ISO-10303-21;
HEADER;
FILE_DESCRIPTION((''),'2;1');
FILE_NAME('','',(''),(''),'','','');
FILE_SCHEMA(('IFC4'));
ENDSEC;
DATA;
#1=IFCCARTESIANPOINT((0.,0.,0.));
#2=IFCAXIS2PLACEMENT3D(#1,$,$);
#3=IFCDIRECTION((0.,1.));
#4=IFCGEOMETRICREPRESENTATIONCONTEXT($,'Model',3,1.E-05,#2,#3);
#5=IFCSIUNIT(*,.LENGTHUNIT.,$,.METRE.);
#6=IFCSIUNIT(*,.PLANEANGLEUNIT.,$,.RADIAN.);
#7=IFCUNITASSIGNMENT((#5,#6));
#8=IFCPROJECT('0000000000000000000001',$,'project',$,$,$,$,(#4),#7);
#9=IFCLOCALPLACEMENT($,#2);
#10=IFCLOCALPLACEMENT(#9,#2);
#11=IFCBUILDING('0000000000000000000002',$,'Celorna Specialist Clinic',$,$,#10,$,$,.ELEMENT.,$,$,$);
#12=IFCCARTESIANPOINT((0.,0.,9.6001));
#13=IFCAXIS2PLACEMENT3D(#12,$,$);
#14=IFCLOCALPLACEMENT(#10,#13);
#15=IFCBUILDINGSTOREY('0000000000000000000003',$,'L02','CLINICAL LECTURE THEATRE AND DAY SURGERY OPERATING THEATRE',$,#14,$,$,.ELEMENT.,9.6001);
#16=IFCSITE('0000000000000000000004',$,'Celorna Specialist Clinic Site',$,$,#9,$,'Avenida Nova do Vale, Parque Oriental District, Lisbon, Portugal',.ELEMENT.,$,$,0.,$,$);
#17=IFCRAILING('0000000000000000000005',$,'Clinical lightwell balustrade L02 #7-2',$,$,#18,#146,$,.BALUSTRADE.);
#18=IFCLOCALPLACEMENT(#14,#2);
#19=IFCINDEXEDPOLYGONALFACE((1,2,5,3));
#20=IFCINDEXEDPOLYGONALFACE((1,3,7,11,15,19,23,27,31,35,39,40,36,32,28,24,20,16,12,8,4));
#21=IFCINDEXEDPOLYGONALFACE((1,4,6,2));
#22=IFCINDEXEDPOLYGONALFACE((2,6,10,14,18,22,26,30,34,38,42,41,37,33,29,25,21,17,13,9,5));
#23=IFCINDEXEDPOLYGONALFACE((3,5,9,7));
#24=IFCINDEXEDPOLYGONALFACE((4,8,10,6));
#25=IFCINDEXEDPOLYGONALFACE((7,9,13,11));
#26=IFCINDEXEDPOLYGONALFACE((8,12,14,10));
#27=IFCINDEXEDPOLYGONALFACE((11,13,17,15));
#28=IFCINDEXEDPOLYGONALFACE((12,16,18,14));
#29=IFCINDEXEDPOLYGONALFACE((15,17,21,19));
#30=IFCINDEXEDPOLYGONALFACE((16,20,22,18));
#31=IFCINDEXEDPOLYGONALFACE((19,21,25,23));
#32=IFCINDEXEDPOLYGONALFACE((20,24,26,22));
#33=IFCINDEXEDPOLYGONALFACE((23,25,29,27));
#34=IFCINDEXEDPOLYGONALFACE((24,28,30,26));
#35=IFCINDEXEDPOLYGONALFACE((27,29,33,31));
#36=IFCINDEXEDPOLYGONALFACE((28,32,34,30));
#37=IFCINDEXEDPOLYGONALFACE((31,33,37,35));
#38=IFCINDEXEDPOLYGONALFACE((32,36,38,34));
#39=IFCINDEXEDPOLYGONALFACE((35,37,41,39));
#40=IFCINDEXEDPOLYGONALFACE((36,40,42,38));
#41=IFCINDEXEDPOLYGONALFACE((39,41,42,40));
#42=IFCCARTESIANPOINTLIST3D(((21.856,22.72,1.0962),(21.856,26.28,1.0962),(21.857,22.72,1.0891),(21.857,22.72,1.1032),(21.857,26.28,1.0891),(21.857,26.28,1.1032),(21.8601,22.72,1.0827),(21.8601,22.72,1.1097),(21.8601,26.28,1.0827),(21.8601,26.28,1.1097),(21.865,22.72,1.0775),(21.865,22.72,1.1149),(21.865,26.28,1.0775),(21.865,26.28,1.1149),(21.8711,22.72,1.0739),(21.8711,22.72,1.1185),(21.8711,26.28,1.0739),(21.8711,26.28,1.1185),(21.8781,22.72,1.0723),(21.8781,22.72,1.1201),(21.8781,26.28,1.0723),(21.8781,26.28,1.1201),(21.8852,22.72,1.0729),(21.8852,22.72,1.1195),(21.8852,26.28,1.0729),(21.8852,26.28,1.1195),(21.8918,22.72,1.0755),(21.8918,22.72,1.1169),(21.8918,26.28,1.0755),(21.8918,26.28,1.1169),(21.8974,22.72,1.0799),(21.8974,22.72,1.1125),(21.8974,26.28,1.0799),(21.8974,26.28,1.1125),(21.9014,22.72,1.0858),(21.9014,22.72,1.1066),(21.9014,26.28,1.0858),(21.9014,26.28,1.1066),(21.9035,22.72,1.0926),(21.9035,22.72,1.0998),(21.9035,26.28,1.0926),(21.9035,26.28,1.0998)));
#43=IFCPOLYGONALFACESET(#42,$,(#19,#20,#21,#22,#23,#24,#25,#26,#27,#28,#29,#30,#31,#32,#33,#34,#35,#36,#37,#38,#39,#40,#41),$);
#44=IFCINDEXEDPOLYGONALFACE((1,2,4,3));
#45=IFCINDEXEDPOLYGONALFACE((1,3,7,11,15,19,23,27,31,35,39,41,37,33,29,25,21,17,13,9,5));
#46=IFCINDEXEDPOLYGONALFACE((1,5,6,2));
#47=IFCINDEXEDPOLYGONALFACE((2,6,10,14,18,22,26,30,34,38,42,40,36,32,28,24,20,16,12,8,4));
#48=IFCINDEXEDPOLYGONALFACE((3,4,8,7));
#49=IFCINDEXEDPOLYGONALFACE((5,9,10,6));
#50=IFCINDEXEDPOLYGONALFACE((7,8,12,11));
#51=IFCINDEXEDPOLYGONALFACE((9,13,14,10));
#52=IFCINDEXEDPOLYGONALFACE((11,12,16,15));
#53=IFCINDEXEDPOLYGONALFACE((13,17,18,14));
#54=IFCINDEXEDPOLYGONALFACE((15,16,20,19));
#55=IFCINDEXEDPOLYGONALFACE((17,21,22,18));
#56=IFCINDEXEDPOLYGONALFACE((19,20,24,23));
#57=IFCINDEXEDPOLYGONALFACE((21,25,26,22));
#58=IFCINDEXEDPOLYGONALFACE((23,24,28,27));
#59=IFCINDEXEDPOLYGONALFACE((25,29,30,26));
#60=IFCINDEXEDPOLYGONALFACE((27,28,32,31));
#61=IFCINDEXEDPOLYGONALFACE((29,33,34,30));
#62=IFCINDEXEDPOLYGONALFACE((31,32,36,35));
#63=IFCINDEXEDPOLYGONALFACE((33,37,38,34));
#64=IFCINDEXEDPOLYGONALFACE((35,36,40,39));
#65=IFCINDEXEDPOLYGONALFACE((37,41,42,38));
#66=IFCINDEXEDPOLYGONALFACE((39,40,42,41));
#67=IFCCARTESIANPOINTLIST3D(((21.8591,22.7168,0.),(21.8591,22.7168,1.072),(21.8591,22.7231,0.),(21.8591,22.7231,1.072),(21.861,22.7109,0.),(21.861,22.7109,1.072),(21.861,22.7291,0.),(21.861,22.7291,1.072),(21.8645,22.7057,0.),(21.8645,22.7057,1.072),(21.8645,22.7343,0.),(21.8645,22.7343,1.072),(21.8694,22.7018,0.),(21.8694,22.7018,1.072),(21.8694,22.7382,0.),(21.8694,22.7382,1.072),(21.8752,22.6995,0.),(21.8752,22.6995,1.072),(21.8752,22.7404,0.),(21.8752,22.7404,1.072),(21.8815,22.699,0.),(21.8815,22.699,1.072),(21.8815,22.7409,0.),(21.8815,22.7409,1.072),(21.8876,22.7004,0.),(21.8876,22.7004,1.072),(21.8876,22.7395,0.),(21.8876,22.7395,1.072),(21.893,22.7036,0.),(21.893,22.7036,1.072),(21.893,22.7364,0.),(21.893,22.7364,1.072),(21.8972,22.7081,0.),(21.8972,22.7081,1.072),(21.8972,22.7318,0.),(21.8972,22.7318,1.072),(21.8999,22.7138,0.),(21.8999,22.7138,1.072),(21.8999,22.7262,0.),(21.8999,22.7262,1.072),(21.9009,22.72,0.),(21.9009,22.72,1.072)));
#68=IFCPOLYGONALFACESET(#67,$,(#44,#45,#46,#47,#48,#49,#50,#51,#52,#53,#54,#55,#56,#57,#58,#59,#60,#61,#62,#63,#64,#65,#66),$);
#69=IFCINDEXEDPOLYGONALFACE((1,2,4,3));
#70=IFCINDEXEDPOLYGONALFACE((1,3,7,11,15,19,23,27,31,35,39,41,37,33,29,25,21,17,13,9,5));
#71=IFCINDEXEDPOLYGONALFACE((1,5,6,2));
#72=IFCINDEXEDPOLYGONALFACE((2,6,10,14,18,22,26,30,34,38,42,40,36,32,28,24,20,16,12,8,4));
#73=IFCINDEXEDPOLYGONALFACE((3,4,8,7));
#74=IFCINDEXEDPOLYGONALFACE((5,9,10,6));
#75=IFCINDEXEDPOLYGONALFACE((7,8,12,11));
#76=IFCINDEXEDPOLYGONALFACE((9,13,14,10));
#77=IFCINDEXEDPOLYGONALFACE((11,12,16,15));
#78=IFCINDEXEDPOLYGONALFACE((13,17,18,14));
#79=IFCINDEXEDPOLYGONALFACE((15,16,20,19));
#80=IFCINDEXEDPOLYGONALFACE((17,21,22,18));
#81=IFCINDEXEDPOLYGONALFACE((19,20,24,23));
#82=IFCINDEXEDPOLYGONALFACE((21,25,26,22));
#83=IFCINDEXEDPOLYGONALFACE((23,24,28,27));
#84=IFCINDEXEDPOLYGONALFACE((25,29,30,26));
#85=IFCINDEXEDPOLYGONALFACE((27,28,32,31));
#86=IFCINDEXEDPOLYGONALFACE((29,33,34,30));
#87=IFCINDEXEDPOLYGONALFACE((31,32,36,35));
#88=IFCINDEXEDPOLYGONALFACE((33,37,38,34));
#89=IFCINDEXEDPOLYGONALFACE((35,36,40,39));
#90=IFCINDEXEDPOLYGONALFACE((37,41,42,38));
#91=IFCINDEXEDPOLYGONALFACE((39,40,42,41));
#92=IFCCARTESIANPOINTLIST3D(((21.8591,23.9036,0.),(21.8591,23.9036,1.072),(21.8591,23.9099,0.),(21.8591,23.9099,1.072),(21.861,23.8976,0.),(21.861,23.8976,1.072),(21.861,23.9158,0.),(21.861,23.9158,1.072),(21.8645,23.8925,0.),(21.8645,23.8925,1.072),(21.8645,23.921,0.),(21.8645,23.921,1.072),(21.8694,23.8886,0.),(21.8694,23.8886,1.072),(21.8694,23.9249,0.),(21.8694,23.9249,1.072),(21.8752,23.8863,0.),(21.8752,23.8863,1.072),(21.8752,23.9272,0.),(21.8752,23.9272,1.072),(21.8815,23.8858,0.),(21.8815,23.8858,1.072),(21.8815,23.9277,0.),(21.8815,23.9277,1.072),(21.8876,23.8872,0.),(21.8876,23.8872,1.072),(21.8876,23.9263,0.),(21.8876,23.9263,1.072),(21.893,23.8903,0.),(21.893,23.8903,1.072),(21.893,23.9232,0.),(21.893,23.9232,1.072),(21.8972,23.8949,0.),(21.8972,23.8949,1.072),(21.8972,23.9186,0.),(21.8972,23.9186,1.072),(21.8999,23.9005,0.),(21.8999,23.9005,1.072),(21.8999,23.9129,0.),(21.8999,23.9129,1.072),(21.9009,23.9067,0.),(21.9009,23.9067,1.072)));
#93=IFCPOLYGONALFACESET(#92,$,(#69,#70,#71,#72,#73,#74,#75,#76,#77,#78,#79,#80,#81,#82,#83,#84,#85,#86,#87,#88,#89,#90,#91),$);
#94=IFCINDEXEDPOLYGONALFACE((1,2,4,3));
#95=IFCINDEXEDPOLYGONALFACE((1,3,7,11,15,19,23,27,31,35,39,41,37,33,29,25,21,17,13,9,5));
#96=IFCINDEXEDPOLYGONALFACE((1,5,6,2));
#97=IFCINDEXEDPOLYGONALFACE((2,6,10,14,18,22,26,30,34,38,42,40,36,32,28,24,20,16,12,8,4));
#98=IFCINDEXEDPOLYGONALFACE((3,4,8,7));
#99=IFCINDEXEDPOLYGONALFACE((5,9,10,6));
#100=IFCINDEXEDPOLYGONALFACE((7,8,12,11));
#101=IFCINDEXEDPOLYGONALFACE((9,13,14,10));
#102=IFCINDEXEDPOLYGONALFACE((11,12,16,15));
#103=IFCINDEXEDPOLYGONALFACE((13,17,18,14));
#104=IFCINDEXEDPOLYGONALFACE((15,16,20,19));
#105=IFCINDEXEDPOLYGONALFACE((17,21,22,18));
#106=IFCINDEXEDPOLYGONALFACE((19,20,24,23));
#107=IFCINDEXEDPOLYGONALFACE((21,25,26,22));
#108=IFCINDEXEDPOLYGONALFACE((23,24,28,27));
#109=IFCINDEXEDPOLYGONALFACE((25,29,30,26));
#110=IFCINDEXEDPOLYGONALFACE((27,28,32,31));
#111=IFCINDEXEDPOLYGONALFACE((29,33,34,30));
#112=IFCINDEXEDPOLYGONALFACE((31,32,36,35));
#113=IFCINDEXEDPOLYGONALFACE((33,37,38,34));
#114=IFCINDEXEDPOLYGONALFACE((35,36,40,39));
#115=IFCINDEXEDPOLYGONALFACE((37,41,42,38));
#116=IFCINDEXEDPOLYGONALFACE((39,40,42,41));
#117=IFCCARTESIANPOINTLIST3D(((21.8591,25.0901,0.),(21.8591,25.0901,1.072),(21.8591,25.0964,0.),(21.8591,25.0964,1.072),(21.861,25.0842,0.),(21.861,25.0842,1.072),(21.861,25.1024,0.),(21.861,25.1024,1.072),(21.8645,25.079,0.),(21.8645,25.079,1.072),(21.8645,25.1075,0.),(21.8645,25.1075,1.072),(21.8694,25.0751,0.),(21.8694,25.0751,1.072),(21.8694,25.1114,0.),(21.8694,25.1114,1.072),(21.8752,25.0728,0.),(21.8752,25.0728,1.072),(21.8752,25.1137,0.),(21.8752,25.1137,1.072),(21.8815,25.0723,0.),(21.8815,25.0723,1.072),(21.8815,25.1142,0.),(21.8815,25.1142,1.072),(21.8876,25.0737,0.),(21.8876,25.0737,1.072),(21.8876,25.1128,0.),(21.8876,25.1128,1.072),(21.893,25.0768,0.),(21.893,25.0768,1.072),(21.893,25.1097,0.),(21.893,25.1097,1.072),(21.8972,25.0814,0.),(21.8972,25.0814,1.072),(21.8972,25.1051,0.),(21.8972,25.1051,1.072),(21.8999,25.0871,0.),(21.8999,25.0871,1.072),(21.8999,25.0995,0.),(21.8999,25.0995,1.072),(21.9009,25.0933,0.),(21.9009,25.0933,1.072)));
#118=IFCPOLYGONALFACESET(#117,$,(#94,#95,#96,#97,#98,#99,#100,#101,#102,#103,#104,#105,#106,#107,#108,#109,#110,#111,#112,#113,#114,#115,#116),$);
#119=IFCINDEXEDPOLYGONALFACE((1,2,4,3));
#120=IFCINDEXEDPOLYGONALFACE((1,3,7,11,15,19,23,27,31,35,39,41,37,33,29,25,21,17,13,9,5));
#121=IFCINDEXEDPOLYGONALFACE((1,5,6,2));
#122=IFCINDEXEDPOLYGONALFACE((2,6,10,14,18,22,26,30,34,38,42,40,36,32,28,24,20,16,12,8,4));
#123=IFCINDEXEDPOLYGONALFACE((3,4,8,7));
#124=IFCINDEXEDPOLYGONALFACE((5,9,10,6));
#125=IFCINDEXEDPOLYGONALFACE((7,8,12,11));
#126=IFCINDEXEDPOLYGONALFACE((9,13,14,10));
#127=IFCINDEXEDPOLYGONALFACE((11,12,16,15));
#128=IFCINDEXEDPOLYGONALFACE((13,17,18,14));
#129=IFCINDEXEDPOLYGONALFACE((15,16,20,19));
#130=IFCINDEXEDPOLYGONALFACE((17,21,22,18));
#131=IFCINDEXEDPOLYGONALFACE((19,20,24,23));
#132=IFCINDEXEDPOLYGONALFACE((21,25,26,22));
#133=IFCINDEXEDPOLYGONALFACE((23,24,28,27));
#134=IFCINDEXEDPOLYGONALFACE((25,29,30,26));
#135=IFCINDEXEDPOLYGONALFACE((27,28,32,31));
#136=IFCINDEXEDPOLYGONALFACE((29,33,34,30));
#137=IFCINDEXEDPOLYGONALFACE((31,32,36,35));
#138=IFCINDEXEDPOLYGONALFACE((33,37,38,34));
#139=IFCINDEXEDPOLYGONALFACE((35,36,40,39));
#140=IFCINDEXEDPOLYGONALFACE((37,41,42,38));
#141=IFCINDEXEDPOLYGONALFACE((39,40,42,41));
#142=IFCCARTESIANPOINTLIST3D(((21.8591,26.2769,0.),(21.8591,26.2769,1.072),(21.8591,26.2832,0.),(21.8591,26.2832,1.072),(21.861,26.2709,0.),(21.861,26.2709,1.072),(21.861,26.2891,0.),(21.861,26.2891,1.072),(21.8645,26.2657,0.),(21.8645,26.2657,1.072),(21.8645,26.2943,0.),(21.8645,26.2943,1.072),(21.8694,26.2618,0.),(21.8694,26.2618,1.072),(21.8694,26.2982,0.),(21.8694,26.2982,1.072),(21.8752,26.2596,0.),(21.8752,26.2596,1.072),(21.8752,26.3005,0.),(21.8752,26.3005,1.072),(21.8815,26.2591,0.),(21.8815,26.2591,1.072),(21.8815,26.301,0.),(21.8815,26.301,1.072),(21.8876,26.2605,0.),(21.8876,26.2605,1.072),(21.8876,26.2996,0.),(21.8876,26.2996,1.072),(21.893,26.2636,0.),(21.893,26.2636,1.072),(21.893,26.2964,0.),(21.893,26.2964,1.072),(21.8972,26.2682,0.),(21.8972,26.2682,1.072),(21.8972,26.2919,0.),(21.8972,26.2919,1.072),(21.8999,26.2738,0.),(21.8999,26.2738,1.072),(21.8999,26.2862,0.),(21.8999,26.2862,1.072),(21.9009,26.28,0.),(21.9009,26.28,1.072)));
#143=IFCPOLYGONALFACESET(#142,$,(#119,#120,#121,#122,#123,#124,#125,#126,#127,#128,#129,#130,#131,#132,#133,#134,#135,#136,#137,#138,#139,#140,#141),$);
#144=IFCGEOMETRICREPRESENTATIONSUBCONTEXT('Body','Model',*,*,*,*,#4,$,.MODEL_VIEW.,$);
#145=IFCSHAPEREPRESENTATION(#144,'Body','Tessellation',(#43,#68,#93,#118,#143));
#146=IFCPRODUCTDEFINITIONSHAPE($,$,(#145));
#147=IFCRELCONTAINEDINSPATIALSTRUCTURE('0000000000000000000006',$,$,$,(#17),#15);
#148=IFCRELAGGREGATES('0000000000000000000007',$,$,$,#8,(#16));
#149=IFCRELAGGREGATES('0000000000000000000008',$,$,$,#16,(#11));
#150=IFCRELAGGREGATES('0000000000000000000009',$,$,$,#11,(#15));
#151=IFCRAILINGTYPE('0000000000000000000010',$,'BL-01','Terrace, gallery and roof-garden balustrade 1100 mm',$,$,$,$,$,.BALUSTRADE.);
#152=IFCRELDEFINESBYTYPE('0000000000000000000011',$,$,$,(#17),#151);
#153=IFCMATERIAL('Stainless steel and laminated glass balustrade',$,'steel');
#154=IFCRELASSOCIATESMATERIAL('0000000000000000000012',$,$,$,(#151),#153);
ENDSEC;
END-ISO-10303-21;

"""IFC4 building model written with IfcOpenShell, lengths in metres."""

from ifc_helpers import new_model, si_unit, direction, frame, origin, origin_2d, place, context, subcontext, project, spatial, circle, extrude, material, type_object, element, save


model = new_model("IFC4")

# Units and contexts
model_context = context("Model", 3, precision=1e-05, world=origin(), true_north=direction((0.0, 1.0)))
body_context = subcontext(model_context, "Body", "Model", "MODEL_VIEW")
ifc_project = project(units=[si_unit("LENGTHUNIT", "METRE"), si_unit("PLANEANGLEUNIT", "RADIAN")], contexts=[model_context])

# Site, building, storey
site_placement = place(None, origin())
site = spatial("IfcSite", under=ifc_project, at=site_placement, Name="Celorna Specialist Clinic Site", LongName="Avenida Nova do Vale, Parque Oriental District, Lisbon, Portugal", CompositionType="ELEMENT", RefElevation=0.0)
building_placement = place(site_placement, origin())
building = spatial("IfcBuilding", under=site, at=building_placement, Name="Celorna Specialist Clinic", CompositionType="ELEMENT")
storey_placement = place(building_placement, frame((0.0, 0.0, 9.6001)))
storey = spatial("IfcBuildingStorey", under=building, at=storey_placement, Name="L02", Description="CLINICAL LECTURE THEATRE AND DAY SURGERY OPERATING THEATRE", CompositionType="ELEMENT", Elevation=9.6001)

# Railing
ifc_material_1 = material(Name="Stainless steel and laminated glass balustrade", Category="steel")
railing_type = type_object("IfcRailingType", Name="BL-01", Description="Terrace, gallery and roof-garden balustrade 1100 mm", PredefinedType="BALUSTRADE", material=ifc_material_1)
railing_1_placement = place(storey_placement, frame((21.8799, 22.72, 0.0)))
element("IfcRailing", 1, at=railing_1_placement, inside=storey, type_object=railing_type, Name="Clinical lightwell balustrade L02 #7-2", PredefinedType="BALUSTRADE", context=body_context, shape_type="SweptSolid", body=[
    extrude(circle(Radius=0.0239, at=origin_2d()), frame((0.0, 0.0, 1.0962), z_axis=(0.0, 1.0, 0.0), x_axis=(-1.0, 0.0, 0.0)), (0.0, 0.0, 1.0), 3.5601),
    extrude(circle(Radius=0.021, at=origin_2d()), origin(), (0.0, 0.0, 1.0), 1.072),
    extrude(circle(Radius=0.021, at=origin_2d()), frame((0.0, 1.1868, 0.0)), (0.0, 0.0, 1.0), 1.072),
    extrude(circle(Radius=0.021, at=origin_2d()), frame((0.0, 2.3733, 0.0)), (0.0, 0.0, 1.0), 1.072),
    extrude(circle(Radius=0.021, at=origin_2d()), frame((0.0, 3.5601, 0.0)), (0.0, 0.0, 1.0), 1.072),
])

save(model, "model.ifc")
